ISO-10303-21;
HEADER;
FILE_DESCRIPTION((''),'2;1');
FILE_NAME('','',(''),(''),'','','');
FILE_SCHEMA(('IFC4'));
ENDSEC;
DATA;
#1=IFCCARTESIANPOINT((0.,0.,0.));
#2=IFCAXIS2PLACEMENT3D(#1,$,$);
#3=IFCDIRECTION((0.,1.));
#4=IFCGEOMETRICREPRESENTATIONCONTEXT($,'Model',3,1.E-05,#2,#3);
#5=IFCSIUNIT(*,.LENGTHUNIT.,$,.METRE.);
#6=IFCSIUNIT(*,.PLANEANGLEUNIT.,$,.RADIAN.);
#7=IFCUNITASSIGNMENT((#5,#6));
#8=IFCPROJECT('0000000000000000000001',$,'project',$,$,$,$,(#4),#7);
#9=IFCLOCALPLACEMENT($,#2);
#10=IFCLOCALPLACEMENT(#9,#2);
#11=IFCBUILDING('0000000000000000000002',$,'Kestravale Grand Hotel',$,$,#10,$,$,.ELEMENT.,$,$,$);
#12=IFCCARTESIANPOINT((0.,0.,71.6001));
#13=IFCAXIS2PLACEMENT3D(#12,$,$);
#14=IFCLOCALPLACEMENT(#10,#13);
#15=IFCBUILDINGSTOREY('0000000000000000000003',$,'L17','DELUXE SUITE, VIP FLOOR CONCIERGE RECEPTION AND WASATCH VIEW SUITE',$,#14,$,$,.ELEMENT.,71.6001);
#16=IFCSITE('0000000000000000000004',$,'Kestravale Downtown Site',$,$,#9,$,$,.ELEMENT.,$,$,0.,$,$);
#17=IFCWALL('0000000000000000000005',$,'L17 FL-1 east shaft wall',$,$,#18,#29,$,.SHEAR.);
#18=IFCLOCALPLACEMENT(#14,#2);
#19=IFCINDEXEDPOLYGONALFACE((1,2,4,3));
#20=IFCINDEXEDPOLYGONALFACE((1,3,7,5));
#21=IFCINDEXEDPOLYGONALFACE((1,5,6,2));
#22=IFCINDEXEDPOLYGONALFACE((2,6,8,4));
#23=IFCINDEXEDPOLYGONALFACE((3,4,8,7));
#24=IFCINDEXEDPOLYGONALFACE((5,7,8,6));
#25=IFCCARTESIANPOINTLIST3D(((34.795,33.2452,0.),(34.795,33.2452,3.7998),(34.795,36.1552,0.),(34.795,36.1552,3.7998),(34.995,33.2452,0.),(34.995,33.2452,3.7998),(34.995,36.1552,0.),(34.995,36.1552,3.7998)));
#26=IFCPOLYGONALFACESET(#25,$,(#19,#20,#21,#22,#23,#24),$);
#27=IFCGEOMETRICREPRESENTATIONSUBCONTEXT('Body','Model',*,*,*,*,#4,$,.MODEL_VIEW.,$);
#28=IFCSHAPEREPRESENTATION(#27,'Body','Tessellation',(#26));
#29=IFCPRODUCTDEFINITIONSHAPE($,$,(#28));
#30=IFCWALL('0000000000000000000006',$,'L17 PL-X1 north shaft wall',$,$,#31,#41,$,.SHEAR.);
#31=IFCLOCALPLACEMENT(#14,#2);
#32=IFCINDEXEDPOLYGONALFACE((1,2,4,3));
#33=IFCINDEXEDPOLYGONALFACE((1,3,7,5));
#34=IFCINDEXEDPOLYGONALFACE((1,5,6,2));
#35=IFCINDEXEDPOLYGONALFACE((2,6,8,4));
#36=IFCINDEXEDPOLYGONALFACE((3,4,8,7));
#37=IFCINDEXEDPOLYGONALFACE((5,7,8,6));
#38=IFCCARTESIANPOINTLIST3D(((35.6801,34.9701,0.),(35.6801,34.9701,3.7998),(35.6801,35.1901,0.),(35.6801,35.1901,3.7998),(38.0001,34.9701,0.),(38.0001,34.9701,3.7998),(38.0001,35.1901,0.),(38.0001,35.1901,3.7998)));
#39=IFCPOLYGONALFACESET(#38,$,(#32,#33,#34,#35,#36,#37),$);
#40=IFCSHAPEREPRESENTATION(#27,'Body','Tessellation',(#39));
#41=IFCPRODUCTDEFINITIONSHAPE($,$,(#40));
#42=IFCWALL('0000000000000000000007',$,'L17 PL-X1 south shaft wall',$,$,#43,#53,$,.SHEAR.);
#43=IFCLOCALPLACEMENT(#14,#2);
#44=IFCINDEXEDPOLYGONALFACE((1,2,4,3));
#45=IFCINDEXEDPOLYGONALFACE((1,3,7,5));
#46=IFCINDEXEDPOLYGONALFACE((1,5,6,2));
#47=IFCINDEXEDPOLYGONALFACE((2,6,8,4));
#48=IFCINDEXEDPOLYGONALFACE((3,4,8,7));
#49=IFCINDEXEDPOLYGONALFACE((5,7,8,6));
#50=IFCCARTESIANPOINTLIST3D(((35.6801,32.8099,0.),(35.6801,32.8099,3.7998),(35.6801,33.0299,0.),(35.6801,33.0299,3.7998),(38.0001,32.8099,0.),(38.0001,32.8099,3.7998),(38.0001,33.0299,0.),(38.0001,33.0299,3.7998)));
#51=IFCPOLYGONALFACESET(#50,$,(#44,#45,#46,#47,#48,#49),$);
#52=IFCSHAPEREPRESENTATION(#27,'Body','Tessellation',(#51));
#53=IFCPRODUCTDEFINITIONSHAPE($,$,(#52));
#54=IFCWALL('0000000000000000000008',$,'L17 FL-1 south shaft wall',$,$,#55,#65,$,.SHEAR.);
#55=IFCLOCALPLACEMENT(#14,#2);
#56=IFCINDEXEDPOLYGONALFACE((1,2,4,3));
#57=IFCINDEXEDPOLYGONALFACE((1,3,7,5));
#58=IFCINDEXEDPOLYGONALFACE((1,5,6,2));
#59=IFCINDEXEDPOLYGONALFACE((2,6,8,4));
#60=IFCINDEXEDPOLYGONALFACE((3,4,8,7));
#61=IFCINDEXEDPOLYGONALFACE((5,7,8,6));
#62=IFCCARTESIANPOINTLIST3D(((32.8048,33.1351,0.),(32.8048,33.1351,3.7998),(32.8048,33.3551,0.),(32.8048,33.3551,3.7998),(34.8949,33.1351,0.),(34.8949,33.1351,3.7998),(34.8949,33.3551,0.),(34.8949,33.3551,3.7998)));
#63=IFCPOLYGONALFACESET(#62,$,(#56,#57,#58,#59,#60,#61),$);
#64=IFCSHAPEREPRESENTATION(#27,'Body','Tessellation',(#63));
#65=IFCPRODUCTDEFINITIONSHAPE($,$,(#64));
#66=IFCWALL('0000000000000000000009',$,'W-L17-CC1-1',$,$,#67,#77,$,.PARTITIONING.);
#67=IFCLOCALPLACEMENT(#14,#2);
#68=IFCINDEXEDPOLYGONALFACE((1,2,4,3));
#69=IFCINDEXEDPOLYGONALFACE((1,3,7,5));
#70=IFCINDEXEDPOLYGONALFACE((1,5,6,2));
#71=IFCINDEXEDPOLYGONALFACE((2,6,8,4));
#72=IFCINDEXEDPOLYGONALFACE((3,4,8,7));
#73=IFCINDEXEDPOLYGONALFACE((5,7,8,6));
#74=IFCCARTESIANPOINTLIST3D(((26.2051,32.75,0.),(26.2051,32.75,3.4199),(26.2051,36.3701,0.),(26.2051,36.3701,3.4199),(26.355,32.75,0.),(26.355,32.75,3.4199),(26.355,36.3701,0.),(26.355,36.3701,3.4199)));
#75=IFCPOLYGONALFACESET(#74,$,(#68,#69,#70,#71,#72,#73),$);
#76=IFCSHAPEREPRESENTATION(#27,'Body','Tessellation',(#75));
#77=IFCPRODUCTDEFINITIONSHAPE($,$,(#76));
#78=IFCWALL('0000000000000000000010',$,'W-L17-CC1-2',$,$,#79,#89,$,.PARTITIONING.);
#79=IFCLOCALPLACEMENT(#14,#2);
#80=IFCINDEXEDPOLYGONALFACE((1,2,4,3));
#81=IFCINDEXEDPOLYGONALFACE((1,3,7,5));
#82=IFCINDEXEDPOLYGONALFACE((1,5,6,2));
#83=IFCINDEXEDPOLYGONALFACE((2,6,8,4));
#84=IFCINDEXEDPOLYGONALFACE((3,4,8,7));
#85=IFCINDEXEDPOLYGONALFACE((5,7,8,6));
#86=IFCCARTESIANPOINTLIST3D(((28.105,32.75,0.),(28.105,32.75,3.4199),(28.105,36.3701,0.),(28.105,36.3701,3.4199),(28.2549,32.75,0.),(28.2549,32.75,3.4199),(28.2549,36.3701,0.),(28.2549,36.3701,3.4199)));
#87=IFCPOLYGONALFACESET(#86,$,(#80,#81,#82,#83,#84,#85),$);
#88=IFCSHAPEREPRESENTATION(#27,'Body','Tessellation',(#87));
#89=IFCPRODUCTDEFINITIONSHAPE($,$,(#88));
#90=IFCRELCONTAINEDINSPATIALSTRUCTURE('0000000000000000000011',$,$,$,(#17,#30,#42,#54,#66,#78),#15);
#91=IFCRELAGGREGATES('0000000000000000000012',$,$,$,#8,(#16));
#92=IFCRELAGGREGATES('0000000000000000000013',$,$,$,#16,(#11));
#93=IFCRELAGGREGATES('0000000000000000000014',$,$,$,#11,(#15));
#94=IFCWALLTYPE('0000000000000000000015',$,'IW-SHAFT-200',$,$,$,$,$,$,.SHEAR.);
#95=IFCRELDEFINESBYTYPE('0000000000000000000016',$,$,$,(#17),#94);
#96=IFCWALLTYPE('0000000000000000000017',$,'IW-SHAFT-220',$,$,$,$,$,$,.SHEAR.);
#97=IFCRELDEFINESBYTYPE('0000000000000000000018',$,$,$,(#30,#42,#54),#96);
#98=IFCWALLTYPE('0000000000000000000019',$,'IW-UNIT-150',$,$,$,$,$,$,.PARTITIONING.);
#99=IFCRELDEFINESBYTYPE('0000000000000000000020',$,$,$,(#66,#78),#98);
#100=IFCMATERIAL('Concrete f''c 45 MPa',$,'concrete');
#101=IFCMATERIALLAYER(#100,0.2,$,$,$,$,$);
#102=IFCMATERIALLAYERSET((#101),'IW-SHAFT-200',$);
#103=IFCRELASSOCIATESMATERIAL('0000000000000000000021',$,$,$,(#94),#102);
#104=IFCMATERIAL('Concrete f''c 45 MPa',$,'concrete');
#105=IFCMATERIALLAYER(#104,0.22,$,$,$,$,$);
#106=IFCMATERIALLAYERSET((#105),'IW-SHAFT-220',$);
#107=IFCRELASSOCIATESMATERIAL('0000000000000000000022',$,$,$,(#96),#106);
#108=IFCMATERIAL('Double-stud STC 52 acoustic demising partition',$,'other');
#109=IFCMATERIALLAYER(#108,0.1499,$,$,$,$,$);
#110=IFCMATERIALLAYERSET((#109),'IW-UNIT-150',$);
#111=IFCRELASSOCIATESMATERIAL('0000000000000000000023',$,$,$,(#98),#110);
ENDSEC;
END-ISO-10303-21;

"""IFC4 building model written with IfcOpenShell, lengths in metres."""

from ifc_helpers import new_model, si_unit, direction, frame, frame_2d, origin, place, context, subcontext, project, spatial, rectangle, extrude, material, layer, layer_set, type_object, element, save


model = new_model("IFC4")

# Units and contexts
model_context = context("Model", 3, precision=1e-05, world=origin(), true_north=direction((0.0, 1.0)))
body_context = subcontext(model_context, "Body", "Model", "MODEL_VIEW")
ifc_project = project(units=[si_unit("LENGTHUNIT", "METRE"), si_unit("PLANEANGLEUNIT", "RADIAN")], contexts=[model_context])

# Site, building, storey
site_placement = place(None, origin())
site = spatial("IfcSite", under=ifc_project, at=site_placement, Name="Kestravale Downtown Site", CompositionType="ELEMENT", RefElevation=0.0)
building_placement = place(site_placement, origin())
building = spatial("IfcBuilding", under=site, at=building_placement, Name="Kestravale Grand Hotel", CompositionType="ELEMENT")
storey_placement = place(building_placement, frame((0.0, 0.0, 71.6001)))
storey = spatial("IfcBuildingStorey", under=building, at=storey_placement, Name="L17", Description="DELUXE SUITE, VIP FLOOR CONCIERGE RECEPTION AND WASATCH VIEW SUITE", CompositionType="ELEMENT", Elevation=71.6001)

# Wall
ifc_material_1 = material(Name="Concrete f'c 45 MPa", Category="concrete")
ifc_layer_1 = layer(ifc_material_1, 0.2)
ifc_layer_set_1 = layer_set([ifc_layer_1], Name="IW-SHAFT-200")
wall_type_1 = type_object("IfcWallType", Name="IW-SHAFT-200", PredefinedType="SHEAR", material=ifc_layer_set_1)
for number, where, z_axis, x_axis, name in (
    (1, (34.895, 33.2451, 0.0), (0.0, 0.0, 1.0), (0.0, 1.0, 0.0), "L17 FL-1 east shaft wall"),
):
    element("IfcWall", number, at=place(storey_placement, frame(where, z_axis=z_axis, x_axis=x_axis)), inside=storey, type_object=wall_type_1, Name=name, PredefinedType="SHEAR", context=body_context, shape_type="SweptSolid", body=[
        extrude(rectangle(XDim=2.9099, YDim=0.2, at=frame_2d((1.4551, 0.0))), origin(), (0.0, 0.0, 1.0), 3.7998),
    ])

# Shared definitions
ifc_material_2 = material(Name="Concrete f'c 45 MPa", Category="concrete")
ifc_layer_2 = layer(ifc_material_2, 0.22)
ifc_layer_set_2 = layer_set([ifc_layer_2], Name="IW-SHAFT-220")
wall_type_2 = type_object("IfcWallType", Name="IW-SHAFT-220", PredefinedType="SHEAR", material=ifc_layer_set_2)

# Walls
for number, where, z_axis, x_axis, name in (
    (2, (35.6799, 35.0801, 0.0), (0.0, 0.0, 1.0), (1.0, 0.0, 0.0), "L17 PL-X1 north shaft wall"),
    (3, (35.6799, 32.9199, 0.0), (0.0, 0.0, 1.0), (1.0, 0.0, 0.0), "L17 PL-X1 south shaft wall"),
):
    element("IfcWall", number, at=place(storey_placement, frame(where, z_axis=z_axis, x_axis=x_axis)), inside=storey, type_object=wall_type_2, Name=name, PredefinedType="SHEAR", context=body_context, shape_type="SweptSolid", body=[
        extrude(rectangle(XDim=2.3201, YDim=0.22, at=frame_2d((1.1602, 0.0))), origin(), (0.0, 0.0, 1.0), 3.7998),
    ])
wall_1_placement = place(storey_placement, frame((32.8049, 33.2451, 0.0), z_axis=(0.0, 0.0, 1.0), x_axis=(1.0, 0.0, 0.0)))
element("IfcWall", 4, at=wall_1_placement, inside=storey, type_object=wall_type_2, Name="L17 FL-1 south shaft wall", PredefinedType="SHEAR", context=body_context, shape_type="SweptSolid", body=[
    extrude(rectangle(XDim=2.0901, YDim=0.22, at=frame_2d((1.0449, 0.0))), origin(), (0.0, 0.0, 1.0), 3.7998),
])
ifc_material_3 = material(Name="Double-stud STC 52 acoustic demising partition", Category="other")
ifc_layer_3 = layer(ifc_material_3, 0.1499)
ifc_layer_set_3 = layer_set([ifc_layer_3], Name="IW-UNIT-150")
wall_type_3 = type_object("IfcWallType", Name="IW-UNIT-150", PredefinedType="PARTITIONING", material=ifc_layer_set_3)
for number, where, z_axis, x_axis, name in (
    (5, (26.28, 32.75, 0.0), (0.0, 0.0, 1.0), (0.0, 1.0, 0.0), "W-L17-CC1-1"),
    (6, (28.1799, 32.75, 0.0), (0.0, 0.0, 1.0), (0.0, 1.0, 0.0), "W-L17-CC1-2"),
):
    element("IfcWall", number, at=place(storey_placement, frame(where, z_axis=z_axis, x_axis=x_axis)), inside=storey, type_object=wall_type_3, Name=name, PredefinedType="PARTITIONING", context=body_context, shape_type="SweptSolid", body=[
        extrude(rectangle(XDim=3.6201, YDim=0.1499, at=frame_2d((1.8101, 0.0))), origin(), (0.0, 0.0, 1.0), 3.4199),
    ])

save(model, "model.ifc")
